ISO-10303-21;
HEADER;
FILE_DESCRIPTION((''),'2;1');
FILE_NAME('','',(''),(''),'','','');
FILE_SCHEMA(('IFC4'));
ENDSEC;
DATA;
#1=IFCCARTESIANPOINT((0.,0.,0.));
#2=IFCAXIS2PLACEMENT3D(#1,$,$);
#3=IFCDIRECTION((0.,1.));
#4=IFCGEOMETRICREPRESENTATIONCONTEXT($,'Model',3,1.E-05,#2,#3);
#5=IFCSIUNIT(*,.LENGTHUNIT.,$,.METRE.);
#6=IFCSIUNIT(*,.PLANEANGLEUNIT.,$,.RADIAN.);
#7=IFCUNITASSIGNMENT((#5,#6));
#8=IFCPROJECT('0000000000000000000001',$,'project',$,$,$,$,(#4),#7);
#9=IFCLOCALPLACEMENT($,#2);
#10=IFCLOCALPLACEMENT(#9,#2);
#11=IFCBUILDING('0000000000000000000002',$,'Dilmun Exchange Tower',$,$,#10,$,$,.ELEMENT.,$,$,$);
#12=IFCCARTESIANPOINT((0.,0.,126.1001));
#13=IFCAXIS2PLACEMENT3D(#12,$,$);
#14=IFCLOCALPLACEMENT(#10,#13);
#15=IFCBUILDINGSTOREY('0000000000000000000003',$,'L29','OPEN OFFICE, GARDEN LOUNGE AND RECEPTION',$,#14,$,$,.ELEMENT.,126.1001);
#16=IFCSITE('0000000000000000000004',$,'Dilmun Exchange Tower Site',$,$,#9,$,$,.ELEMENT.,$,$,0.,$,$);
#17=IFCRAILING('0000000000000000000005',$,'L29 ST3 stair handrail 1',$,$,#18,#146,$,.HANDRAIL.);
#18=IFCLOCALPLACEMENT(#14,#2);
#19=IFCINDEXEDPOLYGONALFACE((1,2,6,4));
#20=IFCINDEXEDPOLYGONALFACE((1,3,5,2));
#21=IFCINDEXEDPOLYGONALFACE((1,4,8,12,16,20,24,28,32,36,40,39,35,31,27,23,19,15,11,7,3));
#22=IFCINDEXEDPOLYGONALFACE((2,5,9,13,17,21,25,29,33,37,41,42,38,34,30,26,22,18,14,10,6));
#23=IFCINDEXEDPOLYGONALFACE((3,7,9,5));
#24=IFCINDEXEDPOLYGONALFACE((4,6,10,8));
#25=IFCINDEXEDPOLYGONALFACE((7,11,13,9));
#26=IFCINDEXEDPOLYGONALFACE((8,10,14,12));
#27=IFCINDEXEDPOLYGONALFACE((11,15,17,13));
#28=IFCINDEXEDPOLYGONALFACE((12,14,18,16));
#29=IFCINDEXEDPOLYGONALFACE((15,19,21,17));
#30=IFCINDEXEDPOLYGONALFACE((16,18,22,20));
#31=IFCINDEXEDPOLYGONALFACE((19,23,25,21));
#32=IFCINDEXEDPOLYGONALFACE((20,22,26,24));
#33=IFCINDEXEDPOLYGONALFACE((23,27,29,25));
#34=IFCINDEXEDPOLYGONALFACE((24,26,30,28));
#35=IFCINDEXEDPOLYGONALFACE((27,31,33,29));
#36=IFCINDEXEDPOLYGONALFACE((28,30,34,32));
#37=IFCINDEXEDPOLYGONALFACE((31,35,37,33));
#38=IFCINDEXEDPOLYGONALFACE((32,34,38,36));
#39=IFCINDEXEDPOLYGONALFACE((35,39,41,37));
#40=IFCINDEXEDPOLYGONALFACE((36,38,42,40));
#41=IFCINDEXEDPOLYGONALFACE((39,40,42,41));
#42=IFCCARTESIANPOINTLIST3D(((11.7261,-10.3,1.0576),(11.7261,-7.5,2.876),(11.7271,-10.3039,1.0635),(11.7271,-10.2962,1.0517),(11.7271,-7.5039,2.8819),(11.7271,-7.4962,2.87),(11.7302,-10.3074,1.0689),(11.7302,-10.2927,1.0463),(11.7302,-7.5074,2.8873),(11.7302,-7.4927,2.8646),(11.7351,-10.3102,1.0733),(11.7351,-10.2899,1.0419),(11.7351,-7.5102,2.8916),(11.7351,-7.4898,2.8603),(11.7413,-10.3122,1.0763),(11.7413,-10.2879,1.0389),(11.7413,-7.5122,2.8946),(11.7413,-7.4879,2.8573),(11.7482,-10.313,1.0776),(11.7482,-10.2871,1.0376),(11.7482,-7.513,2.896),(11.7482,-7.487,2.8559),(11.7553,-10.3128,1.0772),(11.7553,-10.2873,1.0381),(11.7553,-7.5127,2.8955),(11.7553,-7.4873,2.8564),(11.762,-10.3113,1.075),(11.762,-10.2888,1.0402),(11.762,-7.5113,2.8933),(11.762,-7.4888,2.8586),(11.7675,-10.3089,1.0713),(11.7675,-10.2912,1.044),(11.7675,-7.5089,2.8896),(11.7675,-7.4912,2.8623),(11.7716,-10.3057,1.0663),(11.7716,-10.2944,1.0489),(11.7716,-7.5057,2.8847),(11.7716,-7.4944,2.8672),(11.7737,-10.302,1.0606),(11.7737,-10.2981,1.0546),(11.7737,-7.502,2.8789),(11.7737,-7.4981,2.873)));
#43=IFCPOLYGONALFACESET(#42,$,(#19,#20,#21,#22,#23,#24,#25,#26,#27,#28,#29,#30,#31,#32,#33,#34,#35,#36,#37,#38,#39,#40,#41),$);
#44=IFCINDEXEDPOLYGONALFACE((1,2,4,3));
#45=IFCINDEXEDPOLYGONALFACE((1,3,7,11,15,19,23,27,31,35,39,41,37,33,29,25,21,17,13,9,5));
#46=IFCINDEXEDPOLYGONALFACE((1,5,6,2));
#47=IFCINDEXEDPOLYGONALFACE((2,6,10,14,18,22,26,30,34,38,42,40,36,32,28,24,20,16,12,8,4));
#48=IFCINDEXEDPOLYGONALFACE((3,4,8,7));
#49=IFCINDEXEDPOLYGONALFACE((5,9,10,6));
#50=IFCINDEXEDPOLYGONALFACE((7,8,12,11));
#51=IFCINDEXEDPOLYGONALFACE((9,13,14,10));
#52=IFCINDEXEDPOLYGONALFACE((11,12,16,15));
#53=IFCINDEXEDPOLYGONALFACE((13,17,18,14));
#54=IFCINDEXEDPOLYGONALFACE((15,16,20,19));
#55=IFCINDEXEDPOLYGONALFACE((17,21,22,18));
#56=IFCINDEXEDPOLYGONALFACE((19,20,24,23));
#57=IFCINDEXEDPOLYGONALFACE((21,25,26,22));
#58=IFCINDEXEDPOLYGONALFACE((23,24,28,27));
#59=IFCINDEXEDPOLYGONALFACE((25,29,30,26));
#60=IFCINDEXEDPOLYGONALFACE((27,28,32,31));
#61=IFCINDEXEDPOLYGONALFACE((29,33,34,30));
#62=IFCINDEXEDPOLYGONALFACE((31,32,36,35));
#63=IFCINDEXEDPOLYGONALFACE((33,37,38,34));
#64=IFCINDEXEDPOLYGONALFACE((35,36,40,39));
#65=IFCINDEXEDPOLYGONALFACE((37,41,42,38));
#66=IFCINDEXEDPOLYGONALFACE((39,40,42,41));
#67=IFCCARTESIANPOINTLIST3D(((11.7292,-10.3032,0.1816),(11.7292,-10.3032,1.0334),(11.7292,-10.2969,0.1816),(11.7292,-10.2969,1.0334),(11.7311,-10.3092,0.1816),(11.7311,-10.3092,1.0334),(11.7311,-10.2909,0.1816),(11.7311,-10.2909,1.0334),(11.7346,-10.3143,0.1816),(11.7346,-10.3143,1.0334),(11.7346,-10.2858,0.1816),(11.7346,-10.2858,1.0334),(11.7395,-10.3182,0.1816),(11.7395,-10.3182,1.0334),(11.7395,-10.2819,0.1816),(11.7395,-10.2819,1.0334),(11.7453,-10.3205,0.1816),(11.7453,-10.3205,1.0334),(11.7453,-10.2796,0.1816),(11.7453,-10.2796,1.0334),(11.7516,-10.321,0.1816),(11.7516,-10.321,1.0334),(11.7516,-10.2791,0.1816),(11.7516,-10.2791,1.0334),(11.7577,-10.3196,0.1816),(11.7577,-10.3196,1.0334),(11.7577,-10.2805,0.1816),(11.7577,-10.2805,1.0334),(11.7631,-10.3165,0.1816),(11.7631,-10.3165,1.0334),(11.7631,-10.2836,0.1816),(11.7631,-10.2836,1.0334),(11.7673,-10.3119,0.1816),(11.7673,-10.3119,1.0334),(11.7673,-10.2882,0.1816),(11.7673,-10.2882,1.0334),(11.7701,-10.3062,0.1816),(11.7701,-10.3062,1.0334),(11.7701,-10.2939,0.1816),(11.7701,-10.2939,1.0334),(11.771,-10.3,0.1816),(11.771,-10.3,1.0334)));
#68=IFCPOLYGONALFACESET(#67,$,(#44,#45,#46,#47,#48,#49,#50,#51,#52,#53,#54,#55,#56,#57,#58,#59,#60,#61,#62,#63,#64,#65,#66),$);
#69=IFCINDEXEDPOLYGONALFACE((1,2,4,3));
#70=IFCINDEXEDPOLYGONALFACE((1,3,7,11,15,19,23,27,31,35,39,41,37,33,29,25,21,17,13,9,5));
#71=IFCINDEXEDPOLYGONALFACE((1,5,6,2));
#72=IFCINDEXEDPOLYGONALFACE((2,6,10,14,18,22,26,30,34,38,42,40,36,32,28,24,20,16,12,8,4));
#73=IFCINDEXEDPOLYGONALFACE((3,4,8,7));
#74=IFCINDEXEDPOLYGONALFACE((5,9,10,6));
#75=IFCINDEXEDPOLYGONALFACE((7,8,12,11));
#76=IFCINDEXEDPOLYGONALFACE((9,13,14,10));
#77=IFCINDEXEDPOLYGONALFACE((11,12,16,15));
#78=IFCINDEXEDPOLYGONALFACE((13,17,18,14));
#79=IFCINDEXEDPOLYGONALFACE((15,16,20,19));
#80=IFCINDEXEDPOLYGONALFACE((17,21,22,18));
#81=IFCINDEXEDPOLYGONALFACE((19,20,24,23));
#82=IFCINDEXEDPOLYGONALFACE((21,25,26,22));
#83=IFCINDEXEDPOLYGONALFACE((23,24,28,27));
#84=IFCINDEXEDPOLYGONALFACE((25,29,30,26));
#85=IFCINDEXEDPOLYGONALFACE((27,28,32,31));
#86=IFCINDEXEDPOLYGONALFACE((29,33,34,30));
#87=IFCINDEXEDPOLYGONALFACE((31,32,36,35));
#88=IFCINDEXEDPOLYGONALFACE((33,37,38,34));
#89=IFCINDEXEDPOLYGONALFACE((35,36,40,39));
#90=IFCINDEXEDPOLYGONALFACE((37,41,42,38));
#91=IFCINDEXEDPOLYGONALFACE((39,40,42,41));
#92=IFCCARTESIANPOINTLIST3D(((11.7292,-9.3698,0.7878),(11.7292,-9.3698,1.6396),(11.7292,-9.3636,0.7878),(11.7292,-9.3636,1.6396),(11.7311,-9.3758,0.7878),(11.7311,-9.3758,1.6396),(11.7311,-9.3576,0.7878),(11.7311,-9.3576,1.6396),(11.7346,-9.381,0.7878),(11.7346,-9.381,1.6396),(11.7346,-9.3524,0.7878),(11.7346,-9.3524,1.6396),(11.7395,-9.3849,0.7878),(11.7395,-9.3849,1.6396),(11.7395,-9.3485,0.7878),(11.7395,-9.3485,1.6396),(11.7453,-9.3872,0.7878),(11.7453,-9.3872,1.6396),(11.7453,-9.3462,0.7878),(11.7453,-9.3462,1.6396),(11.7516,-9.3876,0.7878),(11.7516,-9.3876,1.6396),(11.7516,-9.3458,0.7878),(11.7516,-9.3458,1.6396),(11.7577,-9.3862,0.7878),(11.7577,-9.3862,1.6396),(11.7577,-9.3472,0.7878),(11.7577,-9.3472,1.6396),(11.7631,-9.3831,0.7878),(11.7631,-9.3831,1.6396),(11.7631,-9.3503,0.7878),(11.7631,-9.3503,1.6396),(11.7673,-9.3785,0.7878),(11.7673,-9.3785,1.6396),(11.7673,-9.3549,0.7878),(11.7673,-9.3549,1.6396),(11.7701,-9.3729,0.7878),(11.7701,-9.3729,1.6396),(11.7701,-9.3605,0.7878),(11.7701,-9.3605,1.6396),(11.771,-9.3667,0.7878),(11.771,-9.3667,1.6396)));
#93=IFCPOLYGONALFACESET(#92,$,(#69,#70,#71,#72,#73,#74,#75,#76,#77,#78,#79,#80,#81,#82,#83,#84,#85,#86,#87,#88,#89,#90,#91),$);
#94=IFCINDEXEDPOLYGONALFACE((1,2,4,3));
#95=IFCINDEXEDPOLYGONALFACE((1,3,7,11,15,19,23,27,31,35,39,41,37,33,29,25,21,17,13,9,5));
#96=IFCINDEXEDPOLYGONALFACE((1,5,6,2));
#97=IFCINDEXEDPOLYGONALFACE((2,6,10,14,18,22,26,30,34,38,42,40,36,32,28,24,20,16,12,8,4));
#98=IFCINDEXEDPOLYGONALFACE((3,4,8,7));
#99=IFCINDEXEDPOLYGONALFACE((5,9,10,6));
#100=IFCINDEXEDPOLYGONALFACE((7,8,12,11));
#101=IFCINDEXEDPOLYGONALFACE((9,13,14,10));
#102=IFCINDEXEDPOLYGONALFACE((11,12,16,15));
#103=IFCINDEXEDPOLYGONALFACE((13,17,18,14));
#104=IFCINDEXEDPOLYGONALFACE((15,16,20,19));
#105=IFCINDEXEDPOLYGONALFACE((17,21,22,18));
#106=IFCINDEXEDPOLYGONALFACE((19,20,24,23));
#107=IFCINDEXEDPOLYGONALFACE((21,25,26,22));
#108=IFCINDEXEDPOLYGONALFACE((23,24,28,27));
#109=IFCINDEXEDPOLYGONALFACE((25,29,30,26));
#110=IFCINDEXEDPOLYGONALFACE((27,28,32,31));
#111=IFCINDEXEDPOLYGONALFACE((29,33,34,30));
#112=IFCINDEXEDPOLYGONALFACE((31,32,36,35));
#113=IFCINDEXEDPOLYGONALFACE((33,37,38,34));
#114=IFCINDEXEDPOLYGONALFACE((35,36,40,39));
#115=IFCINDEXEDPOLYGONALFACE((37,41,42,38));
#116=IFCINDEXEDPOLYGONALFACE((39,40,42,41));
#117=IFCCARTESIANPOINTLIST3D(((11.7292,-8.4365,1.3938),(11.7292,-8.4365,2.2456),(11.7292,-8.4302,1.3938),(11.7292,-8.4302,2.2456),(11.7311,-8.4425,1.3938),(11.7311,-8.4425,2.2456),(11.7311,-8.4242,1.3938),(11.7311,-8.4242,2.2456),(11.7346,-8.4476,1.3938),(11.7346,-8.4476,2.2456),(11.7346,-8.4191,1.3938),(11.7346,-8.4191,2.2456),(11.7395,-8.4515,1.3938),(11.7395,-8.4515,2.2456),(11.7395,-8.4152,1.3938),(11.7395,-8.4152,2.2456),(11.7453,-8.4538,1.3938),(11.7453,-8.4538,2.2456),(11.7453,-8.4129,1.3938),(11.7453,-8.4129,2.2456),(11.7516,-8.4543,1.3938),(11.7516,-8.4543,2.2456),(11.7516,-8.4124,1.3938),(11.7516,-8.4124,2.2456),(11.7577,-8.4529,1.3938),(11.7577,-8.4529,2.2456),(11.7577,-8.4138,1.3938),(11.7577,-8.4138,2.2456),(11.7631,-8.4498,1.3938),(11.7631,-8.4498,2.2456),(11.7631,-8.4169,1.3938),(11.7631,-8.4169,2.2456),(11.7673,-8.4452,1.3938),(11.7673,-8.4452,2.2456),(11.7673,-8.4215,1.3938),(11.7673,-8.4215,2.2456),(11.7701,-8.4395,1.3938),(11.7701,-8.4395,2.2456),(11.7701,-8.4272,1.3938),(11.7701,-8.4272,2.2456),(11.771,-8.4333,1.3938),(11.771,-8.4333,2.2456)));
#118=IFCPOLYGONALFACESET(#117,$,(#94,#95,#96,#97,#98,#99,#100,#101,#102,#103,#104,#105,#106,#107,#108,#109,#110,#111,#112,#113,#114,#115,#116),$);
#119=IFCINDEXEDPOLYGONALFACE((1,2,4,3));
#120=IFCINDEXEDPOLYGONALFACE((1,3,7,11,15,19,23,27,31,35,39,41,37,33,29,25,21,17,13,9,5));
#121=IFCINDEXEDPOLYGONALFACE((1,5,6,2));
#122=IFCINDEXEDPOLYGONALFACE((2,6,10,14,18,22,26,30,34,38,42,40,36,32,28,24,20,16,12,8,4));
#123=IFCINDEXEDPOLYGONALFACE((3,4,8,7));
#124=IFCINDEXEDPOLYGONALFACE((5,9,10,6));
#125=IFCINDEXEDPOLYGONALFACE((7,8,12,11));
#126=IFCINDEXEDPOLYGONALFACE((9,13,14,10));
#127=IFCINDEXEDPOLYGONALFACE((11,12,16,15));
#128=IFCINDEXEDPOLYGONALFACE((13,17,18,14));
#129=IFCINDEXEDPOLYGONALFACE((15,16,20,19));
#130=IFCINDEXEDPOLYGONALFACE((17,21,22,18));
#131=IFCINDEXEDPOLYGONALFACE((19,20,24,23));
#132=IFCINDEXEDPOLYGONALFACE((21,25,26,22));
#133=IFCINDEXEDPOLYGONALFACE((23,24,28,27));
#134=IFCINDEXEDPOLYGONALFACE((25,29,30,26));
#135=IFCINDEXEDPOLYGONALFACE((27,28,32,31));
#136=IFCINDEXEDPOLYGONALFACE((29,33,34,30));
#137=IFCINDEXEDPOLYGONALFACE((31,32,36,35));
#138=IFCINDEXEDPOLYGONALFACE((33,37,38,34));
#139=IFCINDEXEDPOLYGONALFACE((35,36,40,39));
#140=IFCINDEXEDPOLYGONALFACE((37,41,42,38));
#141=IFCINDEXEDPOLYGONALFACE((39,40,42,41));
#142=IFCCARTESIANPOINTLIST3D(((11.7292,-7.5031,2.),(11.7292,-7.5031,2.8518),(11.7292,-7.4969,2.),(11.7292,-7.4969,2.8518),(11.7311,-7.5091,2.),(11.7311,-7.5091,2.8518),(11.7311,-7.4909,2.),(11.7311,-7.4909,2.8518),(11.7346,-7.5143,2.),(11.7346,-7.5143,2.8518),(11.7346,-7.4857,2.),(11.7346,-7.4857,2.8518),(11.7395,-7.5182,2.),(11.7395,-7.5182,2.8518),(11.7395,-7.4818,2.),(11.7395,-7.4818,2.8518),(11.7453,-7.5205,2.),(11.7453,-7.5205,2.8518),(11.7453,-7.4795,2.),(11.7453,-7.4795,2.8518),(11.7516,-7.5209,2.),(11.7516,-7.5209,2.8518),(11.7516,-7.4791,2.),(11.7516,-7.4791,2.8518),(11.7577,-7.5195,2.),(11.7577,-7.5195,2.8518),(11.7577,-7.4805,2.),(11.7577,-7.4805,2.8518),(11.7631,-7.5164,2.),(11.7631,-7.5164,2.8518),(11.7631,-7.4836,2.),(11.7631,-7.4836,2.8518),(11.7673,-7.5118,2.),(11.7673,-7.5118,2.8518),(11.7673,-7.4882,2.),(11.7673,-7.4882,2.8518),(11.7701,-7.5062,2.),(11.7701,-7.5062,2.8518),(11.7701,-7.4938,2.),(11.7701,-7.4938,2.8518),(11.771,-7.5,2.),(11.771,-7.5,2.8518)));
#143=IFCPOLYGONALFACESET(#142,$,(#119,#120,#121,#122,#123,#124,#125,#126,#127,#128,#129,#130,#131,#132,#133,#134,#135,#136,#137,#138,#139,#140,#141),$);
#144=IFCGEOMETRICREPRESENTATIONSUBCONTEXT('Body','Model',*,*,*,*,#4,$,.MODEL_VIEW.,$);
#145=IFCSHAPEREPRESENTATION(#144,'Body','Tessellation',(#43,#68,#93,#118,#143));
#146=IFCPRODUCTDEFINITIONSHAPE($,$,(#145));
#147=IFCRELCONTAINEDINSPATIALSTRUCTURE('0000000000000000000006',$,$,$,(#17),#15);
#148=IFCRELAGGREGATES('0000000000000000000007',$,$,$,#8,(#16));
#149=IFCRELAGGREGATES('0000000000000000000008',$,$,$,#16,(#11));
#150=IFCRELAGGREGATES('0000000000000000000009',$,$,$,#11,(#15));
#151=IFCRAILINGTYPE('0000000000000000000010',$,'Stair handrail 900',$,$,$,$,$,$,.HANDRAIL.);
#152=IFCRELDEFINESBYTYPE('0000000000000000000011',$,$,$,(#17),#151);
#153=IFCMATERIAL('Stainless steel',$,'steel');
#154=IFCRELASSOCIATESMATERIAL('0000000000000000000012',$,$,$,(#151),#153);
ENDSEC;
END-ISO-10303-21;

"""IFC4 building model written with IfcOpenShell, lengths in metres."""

from ifc_helpers import new_model, si_unit, direction, frame, origin, origin_2d, place, context, subcontext, project, spatial, circle, extrude, material, type_object, element, save


model = new_model("IFC4")

# Units and contexts
model_context = context("Model", 3, precision=1e-05, world=origin(), true_north=direction((0.0, 1.0)))
body_context = subcontext(model_context, "Body", "Model", "MODEL_VIEW")
ifc_project = project(units=[si_unit("LENGTHUNIT", "METRE"), si_unit("PLANEANGLEUNIT", "RADIAN")], contexts=[model_context])

# Site, building, storey
site_placement = place(None, origin())
site = spatial("IfcSite", under=ifc_project, at=site_placement, Name="Dilmun Exchange Tower Site", CompositionType="ELEMENT", RefElevation=0.0)
building_placement = place(site_placement, origin())
building = spatial("IfcBuilding", under=site, at=building_placement, Name="Dilmun Exchange Tower", CompositionType="ELEMENT")
storey_placement = place(building_placement, frame((0.0, 0.0, 126.1001)))
storey = spatial("IfcBuildingStorey", under=building, at=storey_placement, Name="L29", Description="OPEN OFFICE, GARDEN LOUNGE AND RECEPTION", CompositionType="ELEMENT", Elevation=126.1001)

# Railing
ifc_material_1 = material(Name="Stainless steel", Category="steel")
railing_type = type_object("IfcRailingType", Name="Stair handrail 900", PredefinedType="HANDRAIL", material=ifc_material_1)
railing_placement = place(storey_placement, frame((11.75, -10.3, 0.1816)))
element("IfcRailing", 1, at=railing_placement, inside=storey, type_object=railing_type, Name="L29 ST3 stair handrail 1", PredefinedType="HANDRAIL", context=body_context, shape_type="SweptSolid", body=[
    extrude(circle(Radius=0.0239, at=origin_2d()), frame((0.0, 0.0, 0.876), z_axis=(0.0, 0.838672, 0.544636), x_axis=(-1.0, 0.0, 0.0)), (0.0, 0.0, 1.0), 3.3386),
    extrude(circle(Radius=0.021, at=origin_2d()), origin(), (0.0, 0.0, 1.0), 0.8518),
    extrude(circle(Radius=0.021, at=origin_2d()), frame((0.0, 0.9333, 0.6062)), (0.0, 0.0, 1.0), 0.8518),
    extrude(circle(Radius=0.021, at=origin_2d()), frame((0.0, 1.8667, 1.2122)), (0.0, 0.0, 1.0), 0.8518),
    extrude(circle(Radius=0.021, at=origin_2d()), frame((0.0, 2.8, 1.8184)), (0.0, 0.0, 1.0), 0.8518),
])

save(model, "model.ifc")
